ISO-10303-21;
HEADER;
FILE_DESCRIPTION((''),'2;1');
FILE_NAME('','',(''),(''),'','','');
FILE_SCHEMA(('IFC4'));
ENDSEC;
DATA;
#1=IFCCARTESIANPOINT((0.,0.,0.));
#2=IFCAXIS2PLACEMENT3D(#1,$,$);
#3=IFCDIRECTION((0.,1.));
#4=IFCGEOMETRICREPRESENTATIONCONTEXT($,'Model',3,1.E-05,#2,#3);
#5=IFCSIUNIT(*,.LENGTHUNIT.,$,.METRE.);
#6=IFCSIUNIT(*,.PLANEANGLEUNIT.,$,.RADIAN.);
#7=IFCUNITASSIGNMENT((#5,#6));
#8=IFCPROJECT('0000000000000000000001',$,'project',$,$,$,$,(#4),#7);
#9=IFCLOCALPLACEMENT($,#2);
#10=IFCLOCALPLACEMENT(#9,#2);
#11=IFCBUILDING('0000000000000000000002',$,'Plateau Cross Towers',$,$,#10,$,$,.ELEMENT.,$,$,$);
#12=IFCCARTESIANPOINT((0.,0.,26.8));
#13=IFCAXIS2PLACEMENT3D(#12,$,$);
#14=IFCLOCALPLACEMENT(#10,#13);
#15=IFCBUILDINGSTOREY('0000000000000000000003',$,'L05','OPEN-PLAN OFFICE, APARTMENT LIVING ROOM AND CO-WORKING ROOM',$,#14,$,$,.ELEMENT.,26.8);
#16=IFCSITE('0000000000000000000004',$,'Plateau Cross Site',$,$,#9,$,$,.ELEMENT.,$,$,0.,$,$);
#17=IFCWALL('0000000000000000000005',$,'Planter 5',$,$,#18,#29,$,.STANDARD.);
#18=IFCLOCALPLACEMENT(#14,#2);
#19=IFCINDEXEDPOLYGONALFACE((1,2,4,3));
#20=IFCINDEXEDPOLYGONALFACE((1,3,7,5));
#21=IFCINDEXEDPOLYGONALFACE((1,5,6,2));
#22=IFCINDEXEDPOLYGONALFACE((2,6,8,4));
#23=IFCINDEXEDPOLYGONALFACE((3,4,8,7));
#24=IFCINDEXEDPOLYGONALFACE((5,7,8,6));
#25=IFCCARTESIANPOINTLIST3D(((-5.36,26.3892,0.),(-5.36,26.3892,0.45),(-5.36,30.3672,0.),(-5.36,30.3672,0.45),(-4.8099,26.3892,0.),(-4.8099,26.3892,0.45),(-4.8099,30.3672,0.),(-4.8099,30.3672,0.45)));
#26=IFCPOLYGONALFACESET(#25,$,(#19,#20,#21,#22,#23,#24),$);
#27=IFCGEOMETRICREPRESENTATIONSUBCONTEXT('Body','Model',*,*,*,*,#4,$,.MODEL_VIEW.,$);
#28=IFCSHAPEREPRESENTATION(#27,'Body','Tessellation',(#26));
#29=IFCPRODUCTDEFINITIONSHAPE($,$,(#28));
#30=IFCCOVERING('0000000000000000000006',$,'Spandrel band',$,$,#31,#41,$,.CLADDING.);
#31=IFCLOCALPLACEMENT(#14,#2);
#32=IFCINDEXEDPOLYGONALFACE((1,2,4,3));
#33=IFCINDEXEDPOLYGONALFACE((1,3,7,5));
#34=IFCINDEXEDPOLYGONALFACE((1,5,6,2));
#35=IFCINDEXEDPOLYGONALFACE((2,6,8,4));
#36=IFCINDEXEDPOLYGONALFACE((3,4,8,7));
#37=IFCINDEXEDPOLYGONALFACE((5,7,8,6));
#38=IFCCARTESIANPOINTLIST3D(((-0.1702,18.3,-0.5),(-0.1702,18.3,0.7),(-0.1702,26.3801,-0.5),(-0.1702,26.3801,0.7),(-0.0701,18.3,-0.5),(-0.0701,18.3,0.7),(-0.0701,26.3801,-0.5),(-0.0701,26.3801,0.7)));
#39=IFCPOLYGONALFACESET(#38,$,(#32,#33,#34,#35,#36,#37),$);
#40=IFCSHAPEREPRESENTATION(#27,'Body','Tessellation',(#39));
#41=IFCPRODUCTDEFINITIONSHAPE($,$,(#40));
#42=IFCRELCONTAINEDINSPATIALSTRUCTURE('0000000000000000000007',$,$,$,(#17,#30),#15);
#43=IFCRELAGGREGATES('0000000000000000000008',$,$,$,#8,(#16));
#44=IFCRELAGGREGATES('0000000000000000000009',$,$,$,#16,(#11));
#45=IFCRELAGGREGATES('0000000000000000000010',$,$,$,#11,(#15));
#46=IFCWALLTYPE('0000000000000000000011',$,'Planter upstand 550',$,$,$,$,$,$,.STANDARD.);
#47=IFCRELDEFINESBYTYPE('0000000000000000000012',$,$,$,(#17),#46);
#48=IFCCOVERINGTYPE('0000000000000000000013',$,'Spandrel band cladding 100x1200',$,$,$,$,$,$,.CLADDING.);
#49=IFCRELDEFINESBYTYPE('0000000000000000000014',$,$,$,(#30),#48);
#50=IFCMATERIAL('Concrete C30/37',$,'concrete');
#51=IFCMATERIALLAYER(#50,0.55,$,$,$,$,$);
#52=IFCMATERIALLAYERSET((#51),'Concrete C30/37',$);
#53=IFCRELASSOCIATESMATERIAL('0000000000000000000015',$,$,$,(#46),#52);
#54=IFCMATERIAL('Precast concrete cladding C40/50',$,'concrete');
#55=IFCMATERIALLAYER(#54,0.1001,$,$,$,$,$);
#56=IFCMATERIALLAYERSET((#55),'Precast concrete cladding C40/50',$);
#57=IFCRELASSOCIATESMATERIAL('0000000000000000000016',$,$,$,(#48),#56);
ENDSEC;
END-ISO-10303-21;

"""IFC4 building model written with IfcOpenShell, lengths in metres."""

from ifc_helpers import new_model, si_unit, direction, frame, frame_2d, origin, origin_2d, place, context, subcontext, project, spatial, rectangle, extrude, material, layer, layer_set, type_object, element, save


model = new_model("IFC4")

# Units and contexts
model_context = context("Model", 3, precision=1e-05, world=origin(), true_north=direction((0.0, 1.0)))
body_context = subcontext(model_context, "Body", "Model", "MODEL_VIEW")
ifc_project = project(units=[si_unit("LENGTHUNIT", "METRE"), si_unit("PLANEANGLEUNIT", "RADIAN")], contexts=[model_context])

# Site, building, storey
site_placement = place(None, origin())
site = spatial("IfcSite", under=ifc_project, at=site_placement, Name="Plateau Cross Site", CompositionType="ELEMENT", RefElevation=0.0)
building_placement = place(site_placement, origin())
building = spatial("IfcBuilding", under=site, at=building_placement, Name="Plateau Cross Towers", CompositionType="ELEMENT")
storey_placement = place(building_placement, frame((0.0, 0.0, 26.8)))
storey = spatial("IfcBuildingStorey", under=building, at=storey_placement, Name="L05", Description="OPEN-PLAN OFFICE, APARTMENT LIVING ROOM AND CO-WORKING ROOM", CompositionType="ELEMENT", Elevation=26.8)

# Wall
ifc_material_1 = material(Name="Concrete C30/37", Category="concrete")
ifc_layer_1 = layer(ifc_material_1, 0.55)
ifc_layer_set_1 = layer_set([ifc_layer_1], Name="Concrete C30/37")
wall_type_1 = type_object("IfcWallType", Name="Planter upstand 550", PredefinedType="STANDARD", material=ifc_layer_set_1)
for number, where, z_axis, x_axis, name in (
    (1, (-5.085, 26.3892, 0.0), (0.0, 0.0, 1.0), (0.0, 1.0, 0.0), "Planter 5"),
):
    element("IfcWall", number, at=place(storey_placement, frame(where, z_axis=z_axis, x_axis=x_axis)), inside=storey, type_object=wall_type_1, Name=name, PredefinedType="STANDARD", context=body_context, shape_type="SweptSolid", body=[
        extrude(rectangle(XDim=3.978, YDim=0.55, at=frame_2d((1.989, 0.0))), origin(), (0.0, 0.0, 1.0), 0.45),
    ])

# Covering
ifc_material_2 = material(Name="Precast concrete cladding C40/50", Category="concrete")
ifc_layer_2 = layer(ifc_material_2, 0.1001)
ifc_layer_set_2 = layer_set([ifc_layer_2], Name="Precast concrete cladding C40/50")
covering_type = type_object("IfcCoveringType", Name="Spandrel band cladding 100x1200", PredefinedType="CLADDING", material=ifc_layer_set_2)
covering_placement = place(storey_placement, frame((-0.1201, 22.3401, -0.5), z_axis=(0.0, 0.0, 1.0), x_axis=(0.0, -1.0, 0.0)))
element("IfcCovering", 2, at=covering_placement, inside=storey, type_object=covering_type, Name="Spandrel band", PredefinedType="CLADDING", context=body_context, shape_type="SweptSolid", body=[
    extrude(rectangle(XDim=8.0801, YDim=0.1001, at=origin_2d()), origin(), (0.0, 0.0, 1.0), 1.2),
])

save(model, "model.ifc")
